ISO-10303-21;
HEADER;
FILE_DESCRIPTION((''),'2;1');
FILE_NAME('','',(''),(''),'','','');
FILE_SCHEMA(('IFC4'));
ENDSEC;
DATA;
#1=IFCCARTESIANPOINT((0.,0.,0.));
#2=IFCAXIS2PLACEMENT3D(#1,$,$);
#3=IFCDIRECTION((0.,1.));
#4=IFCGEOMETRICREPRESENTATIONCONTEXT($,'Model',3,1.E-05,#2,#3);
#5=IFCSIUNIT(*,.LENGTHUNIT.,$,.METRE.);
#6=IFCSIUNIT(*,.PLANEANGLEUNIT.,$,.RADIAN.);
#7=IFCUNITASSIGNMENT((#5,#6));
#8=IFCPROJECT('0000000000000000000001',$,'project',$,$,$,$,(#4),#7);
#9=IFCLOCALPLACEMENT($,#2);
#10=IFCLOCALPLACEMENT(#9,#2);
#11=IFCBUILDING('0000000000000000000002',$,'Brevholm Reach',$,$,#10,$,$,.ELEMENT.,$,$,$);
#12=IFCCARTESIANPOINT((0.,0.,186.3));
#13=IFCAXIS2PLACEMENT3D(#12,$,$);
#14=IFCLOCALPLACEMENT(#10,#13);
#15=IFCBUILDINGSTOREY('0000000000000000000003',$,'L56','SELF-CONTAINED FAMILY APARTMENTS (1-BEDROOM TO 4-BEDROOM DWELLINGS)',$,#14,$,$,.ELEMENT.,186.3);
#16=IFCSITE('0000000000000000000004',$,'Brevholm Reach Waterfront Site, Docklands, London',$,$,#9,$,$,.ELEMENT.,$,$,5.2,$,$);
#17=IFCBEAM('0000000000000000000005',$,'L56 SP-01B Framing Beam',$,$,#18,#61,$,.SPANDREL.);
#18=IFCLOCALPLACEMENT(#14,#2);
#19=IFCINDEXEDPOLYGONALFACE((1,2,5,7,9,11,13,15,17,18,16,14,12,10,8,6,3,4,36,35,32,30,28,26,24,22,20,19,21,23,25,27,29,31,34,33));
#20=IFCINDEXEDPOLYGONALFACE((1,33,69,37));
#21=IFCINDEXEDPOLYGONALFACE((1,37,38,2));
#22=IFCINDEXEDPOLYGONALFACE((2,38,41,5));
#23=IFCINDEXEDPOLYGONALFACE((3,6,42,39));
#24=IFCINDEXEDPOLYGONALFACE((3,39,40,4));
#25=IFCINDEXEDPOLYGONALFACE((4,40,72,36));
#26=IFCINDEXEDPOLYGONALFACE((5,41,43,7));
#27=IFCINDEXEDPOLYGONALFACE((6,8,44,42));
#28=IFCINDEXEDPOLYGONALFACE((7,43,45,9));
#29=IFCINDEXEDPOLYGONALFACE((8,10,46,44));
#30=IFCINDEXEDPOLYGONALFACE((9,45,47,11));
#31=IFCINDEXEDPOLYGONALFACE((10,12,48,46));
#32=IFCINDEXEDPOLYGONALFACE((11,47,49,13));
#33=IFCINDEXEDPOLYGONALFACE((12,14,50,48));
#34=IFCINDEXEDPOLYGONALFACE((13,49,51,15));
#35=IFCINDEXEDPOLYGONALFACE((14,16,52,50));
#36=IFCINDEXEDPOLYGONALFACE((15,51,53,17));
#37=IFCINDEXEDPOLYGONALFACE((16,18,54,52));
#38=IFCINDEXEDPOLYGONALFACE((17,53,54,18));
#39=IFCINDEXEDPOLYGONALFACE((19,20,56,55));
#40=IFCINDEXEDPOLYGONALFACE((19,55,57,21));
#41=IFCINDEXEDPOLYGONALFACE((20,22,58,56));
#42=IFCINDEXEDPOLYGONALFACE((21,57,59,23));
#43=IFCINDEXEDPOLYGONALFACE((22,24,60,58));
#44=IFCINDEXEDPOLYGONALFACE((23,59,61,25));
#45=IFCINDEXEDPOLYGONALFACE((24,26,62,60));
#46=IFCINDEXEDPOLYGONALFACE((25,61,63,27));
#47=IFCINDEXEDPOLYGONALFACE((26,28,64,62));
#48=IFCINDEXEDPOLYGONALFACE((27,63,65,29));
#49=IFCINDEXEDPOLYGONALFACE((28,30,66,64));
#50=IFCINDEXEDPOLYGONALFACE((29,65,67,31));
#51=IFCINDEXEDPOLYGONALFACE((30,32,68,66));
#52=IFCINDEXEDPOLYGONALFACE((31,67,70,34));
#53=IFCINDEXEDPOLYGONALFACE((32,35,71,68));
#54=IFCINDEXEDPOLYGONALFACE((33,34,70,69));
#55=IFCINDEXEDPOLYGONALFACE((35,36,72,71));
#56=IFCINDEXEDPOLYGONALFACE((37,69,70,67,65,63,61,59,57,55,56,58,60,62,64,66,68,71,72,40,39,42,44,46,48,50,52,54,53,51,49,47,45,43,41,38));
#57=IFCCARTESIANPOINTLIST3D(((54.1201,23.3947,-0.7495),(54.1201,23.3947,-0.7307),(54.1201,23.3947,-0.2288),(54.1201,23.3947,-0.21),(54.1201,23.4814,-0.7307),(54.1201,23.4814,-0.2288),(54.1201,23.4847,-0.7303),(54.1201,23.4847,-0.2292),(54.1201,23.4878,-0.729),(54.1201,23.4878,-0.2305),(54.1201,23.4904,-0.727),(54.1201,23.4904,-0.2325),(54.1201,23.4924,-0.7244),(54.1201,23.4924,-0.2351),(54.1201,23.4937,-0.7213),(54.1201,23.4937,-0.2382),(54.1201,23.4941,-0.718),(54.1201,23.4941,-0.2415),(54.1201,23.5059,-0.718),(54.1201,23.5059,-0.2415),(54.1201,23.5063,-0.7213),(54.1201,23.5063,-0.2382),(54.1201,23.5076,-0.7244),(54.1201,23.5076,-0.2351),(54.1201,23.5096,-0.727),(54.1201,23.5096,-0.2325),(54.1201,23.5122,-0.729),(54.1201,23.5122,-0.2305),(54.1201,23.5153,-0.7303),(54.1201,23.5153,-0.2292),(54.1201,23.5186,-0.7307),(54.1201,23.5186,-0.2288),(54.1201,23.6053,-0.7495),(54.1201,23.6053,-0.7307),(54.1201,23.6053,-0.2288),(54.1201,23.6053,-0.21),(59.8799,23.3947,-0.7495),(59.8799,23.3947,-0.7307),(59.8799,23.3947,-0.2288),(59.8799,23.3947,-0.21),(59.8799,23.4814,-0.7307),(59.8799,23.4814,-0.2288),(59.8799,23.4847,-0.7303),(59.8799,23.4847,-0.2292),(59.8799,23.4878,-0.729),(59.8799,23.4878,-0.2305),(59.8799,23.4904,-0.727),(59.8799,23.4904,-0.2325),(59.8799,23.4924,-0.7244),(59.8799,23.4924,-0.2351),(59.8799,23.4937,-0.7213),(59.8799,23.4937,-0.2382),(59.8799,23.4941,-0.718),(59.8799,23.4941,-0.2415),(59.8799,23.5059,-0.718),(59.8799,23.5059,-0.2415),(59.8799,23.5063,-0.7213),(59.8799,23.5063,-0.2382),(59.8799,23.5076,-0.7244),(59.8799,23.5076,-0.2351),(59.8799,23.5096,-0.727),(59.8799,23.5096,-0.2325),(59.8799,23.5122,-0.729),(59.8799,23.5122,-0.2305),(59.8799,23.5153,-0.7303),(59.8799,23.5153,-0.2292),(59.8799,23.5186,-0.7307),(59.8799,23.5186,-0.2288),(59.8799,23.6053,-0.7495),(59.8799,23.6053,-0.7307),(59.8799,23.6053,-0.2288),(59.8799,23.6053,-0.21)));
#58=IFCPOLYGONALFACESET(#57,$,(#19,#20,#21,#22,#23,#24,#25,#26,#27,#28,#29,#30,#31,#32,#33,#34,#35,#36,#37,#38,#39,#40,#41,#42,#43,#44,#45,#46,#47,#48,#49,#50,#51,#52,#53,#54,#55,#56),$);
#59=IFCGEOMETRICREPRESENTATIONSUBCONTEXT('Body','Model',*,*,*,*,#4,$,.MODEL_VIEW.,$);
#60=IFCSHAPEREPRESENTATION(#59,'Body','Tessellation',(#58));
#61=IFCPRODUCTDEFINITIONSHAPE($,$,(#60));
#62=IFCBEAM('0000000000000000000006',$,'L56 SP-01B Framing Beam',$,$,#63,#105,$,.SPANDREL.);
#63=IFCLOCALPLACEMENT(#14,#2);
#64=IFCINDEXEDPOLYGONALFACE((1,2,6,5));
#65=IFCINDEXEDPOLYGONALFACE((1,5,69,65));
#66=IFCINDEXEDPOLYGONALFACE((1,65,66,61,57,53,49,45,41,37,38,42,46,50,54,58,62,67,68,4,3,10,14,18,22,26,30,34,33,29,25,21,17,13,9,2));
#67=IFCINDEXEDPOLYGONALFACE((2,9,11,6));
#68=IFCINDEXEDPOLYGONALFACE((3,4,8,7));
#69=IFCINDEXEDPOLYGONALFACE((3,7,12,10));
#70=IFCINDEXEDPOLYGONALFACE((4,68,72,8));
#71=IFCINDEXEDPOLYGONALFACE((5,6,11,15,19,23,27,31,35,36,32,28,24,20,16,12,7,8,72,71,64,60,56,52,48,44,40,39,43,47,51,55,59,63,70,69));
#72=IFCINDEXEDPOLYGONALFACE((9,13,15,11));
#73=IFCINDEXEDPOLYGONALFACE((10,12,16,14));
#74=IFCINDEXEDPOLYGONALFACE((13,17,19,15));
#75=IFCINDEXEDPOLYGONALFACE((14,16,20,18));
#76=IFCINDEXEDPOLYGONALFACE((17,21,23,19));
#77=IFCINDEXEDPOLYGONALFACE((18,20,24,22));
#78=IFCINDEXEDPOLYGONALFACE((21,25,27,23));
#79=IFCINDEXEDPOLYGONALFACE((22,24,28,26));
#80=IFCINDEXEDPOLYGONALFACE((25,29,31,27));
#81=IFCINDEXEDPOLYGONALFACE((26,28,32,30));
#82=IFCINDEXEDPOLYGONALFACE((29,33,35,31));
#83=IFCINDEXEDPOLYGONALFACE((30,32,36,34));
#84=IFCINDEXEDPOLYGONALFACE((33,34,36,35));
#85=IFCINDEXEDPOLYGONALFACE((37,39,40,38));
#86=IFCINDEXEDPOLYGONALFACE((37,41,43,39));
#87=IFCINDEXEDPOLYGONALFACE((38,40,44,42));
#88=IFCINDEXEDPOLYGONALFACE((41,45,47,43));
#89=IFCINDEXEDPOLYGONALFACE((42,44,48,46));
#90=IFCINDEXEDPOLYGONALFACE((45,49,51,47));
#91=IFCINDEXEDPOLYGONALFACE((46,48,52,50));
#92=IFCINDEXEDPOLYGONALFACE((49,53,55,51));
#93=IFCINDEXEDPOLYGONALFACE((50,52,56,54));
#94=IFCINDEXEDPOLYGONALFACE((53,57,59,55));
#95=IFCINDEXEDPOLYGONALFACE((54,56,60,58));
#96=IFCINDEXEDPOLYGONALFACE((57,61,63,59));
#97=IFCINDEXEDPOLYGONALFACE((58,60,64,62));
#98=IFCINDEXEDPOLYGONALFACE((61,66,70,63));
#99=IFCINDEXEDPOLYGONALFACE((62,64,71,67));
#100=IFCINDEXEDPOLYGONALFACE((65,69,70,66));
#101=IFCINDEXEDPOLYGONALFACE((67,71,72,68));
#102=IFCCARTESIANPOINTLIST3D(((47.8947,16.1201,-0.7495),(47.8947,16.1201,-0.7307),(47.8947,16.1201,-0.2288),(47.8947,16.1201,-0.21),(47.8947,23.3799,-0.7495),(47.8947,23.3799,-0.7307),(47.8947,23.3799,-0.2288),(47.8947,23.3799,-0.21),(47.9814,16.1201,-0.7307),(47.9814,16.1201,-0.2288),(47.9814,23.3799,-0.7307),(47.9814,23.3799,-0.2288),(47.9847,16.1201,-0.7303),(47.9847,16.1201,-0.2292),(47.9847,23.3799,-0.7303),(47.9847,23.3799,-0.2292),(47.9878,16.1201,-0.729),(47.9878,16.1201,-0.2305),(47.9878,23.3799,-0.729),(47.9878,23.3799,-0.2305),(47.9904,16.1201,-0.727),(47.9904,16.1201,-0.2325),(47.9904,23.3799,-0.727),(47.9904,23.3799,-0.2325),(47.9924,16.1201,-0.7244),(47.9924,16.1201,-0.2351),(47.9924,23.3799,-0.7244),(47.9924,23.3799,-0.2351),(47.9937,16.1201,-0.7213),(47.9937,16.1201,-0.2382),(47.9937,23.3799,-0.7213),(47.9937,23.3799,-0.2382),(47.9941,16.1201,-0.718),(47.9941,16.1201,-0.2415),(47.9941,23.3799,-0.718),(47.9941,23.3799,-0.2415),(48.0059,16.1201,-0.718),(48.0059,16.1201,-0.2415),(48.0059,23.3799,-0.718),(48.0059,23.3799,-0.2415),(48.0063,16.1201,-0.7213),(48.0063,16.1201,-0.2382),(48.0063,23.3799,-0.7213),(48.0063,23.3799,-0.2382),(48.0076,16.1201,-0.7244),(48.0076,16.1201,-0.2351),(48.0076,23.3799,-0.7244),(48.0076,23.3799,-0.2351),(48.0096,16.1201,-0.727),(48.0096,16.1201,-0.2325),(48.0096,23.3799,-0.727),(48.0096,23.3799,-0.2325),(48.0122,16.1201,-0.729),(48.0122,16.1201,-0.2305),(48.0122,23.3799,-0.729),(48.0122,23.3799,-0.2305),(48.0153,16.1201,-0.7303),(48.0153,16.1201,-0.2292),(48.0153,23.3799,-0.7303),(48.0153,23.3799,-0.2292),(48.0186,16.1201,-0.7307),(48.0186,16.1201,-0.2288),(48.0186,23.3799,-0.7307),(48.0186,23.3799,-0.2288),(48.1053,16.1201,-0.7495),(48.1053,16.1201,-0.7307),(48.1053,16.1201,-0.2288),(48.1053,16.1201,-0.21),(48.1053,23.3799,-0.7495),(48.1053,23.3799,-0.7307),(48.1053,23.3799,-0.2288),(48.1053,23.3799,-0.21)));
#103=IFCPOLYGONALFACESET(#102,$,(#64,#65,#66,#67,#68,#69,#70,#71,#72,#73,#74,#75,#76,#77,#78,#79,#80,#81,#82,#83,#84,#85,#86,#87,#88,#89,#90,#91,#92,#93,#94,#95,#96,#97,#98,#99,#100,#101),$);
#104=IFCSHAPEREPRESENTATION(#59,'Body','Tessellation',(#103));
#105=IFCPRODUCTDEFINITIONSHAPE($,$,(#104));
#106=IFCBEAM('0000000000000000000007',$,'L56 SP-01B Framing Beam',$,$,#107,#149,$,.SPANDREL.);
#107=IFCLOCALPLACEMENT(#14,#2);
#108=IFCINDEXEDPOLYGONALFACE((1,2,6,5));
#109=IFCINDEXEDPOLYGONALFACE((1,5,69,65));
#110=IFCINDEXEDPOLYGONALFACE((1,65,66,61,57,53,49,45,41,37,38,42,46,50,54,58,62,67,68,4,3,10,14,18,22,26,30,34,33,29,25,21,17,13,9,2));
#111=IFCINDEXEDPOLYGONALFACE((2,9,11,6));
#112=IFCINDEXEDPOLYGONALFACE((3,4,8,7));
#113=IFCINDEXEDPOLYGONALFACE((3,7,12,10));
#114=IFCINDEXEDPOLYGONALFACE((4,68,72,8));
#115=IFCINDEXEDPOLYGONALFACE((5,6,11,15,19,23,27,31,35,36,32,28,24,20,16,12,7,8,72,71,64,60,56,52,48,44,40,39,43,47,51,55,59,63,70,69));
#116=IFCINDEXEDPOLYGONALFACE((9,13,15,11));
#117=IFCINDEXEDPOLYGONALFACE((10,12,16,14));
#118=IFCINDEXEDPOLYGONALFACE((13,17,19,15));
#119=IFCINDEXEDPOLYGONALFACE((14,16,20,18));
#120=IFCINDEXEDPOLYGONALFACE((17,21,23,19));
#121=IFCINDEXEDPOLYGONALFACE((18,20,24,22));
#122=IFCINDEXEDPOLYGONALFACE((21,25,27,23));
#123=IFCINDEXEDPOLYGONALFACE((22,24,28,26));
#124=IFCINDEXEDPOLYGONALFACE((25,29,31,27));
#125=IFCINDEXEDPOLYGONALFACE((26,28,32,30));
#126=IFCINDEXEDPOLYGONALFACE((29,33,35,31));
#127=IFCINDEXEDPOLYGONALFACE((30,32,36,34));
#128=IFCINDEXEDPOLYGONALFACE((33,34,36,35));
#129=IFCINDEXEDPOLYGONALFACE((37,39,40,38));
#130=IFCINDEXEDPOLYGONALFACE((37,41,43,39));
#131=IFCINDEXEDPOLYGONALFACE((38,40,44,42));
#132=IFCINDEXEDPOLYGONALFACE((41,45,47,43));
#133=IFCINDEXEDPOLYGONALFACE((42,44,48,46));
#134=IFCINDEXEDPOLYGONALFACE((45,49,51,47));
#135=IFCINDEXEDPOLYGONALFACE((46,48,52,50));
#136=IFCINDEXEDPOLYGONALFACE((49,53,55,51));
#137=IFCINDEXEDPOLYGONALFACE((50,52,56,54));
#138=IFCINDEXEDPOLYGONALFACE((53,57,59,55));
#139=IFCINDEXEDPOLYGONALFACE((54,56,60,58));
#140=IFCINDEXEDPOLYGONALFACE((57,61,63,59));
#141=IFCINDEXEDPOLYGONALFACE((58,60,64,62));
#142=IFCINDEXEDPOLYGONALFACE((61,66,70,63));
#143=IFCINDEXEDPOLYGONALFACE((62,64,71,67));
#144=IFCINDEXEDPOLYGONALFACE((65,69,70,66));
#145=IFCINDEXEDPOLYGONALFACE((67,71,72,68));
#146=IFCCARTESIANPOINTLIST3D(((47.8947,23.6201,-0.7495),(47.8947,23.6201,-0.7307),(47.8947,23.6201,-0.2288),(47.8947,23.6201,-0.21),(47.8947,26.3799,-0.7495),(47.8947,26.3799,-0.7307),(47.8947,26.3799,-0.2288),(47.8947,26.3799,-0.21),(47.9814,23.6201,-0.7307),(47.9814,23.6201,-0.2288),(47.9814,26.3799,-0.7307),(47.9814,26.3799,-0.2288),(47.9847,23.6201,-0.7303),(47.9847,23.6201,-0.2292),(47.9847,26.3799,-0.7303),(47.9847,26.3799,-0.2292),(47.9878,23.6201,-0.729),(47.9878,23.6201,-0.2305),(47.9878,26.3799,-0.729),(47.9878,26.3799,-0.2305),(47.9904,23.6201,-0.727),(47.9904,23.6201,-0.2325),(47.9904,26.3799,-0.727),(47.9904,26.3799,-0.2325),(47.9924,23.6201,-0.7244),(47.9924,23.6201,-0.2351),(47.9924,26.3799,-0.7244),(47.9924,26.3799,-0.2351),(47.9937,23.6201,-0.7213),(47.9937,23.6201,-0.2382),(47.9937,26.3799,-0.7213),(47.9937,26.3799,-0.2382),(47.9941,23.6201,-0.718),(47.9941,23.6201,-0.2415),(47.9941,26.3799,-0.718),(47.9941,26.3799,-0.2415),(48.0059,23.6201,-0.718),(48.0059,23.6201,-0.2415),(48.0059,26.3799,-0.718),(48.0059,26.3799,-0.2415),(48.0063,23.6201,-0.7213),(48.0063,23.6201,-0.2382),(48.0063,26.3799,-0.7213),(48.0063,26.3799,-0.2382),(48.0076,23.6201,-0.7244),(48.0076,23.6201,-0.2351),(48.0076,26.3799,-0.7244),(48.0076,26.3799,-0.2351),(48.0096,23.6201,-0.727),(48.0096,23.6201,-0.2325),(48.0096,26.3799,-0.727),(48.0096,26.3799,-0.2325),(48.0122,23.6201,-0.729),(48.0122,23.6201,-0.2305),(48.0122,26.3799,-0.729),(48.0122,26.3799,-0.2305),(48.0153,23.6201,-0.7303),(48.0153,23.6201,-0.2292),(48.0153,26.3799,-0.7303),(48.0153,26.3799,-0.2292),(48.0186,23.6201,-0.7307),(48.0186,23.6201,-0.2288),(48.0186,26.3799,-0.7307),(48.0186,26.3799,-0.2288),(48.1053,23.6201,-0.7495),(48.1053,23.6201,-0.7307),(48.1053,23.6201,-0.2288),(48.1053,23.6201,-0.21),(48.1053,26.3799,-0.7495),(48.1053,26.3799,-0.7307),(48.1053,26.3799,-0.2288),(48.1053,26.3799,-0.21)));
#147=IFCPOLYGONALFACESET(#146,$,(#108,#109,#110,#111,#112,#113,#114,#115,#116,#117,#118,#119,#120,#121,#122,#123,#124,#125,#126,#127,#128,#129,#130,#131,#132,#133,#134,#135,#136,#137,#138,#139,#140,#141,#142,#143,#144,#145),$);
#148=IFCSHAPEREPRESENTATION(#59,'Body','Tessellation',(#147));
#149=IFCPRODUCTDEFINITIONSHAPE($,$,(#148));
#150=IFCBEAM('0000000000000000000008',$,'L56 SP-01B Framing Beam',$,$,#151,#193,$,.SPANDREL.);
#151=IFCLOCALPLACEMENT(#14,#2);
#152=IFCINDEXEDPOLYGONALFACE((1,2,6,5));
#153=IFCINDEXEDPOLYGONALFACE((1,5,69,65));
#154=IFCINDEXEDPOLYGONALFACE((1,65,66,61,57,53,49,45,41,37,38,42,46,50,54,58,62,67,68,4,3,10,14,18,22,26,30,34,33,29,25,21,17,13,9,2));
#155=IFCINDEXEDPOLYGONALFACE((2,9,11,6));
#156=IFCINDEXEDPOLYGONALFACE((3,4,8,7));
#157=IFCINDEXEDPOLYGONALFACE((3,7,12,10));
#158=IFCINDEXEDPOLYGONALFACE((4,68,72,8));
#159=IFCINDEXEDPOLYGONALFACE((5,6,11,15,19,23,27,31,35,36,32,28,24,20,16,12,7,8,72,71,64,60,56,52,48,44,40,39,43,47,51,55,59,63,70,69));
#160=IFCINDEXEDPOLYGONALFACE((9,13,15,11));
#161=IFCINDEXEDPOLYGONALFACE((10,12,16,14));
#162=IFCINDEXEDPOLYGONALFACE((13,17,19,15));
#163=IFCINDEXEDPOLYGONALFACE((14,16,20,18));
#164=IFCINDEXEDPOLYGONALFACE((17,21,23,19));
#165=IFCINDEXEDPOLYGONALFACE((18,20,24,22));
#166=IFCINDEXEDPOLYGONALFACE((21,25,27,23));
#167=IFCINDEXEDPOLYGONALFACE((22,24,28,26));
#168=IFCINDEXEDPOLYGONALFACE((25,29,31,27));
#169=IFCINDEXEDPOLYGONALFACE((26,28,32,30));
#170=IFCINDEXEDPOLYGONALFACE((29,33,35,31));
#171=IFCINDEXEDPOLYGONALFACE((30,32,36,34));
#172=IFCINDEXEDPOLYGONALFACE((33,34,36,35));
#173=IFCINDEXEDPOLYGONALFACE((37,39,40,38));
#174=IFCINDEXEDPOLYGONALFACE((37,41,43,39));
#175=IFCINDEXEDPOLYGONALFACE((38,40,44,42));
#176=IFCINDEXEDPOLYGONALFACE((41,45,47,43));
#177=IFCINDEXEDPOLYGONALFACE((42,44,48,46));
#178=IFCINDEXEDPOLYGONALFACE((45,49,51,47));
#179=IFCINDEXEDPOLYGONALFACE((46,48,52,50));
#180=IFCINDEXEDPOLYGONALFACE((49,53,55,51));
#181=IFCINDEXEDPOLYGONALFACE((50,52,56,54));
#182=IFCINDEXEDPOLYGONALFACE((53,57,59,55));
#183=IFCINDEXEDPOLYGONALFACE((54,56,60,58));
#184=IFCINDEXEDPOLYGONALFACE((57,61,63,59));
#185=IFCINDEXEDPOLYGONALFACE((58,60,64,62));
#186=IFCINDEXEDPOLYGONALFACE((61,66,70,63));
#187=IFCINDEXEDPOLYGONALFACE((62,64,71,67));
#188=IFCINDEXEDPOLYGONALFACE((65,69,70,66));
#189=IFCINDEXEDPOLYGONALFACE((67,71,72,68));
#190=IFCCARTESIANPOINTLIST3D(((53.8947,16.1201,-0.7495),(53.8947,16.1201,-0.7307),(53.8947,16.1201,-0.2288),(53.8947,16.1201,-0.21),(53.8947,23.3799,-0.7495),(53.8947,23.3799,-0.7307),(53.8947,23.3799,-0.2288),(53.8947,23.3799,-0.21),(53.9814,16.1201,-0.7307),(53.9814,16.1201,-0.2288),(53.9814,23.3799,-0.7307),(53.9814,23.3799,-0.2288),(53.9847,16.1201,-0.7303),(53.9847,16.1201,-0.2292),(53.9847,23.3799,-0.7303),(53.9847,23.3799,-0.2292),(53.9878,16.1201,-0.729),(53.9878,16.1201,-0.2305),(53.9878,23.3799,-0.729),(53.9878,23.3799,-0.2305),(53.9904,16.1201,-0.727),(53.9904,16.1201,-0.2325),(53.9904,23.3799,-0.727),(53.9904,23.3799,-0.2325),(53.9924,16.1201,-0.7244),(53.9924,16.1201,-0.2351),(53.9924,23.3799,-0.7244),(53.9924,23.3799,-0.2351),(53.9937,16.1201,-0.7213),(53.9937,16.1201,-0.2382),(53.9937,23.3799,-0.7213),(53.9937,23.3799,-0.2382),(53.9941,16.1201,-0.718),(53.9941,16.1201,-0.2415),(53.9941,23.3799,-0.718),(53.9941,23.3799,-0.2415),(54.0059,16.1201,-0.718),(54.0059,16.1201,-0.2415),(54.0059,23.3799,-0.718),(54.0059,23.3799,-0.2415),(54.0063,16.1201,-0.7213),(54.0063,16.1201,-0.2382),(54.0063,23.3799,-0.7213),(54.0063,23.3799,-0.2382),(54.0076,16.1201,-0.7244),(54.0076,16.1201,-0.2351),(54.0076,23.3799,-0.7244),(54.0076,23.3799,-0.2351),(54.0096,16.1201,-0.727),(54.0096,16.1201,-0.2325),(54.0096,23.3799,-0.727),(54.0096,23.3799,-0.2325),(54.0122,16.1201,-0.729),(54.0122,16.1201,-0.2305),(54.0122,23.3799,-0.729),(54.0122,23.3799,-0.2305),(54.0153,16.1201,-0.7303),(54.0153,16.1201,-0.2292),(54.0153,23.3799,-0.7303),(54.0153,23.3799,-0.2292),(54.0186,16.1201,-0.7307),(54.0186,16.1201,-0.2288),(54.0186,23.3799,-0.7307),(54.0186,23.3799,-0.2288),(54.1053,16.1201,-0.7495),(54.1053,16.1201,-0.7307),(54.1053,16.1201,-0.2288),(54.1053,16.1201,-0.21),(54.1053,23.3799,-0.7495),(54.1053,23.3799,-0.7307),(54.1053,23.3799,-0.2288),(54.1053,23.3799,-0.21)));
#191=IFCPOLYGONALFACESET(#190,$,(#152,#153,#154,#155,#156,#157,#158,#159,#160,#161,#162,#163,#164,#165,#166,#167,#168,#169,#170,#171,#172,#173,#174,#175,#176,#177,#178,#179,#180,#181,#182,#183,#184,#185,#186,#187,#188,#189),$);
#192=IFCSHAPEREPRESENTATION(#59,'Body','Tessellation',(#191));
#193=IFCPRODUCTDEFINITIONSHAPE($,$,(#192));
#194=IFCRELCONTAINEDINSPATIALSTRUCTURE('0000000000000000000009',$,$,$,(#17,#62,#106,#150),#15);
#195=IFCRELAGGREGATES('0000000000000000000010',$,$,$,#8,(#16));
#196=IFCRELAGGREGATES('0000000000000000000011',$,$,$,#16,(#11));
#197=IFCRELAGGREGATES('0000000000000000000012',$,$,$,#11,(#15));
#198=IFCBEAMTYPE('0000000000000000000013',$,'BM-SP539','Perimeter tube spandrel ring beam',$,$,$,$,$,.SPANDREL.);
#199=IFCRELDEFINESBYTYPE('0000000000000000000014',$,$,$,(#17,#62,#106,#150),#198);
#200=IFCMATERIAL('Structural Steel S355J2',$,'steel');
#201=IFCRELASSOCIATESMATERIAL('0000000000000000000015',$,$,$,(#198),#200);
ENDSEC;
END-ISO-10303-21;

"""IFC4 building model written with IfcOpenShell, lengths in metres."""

from ifc_helpers import new_model, si_unit, direction, frame, origin, origin_2d, place, context, subcontext, project, spatial, i_section, extrude, material, material_profile, profile_set, type_object, element, save


model = new_model("IFC4")

# Units and contexts
model_context = context("Model", 3, precision=1e-05, world=origin(), true_north=direction((0.0, 1.0)))
body_context = subcontext(model_context, "Body", "Model", "MODEL_VIEW")
ifc_project = project(units=[si_unit("LENGTHUNIT", "METRE"), si_unit("PLANEANGLEUNIT", "RADIAN")], contexts=[model_context])

# Site, building, storey
site_placement = place(None, origin())
site = spatial("IfcSite", under=ifc_project, at=site_placement, Name="Brevholm Reach Waterfront Site, Docklands, London", CompositionType="ELEMENT", RefElevation=5.2)
building_placement = place(site_placement, origin())
building = spatial("IfcBuilding", under=site, at=building_placement, Name="Brevholm Reach", CompositionType="ELEMENT")
storey_placement = place(building_placement, frame((0.0, 0.0, 186.3)))
storey = spatial("IfcBuildingStorey", under=building, at=storey_placement, Name="L56", Description="SELF-CONTAINED FAMILY APARTMENTS (1-BEDROOM TO 4-BEDROOM DWELLINGS)", CompositionType="ELEMENT", Elevation=186.3)

# Beams
ifc_material_1 = material(Name="Structural Steel S355J2", Category="steel")
ifc_material_profile_1 = material_profile(ifc_material_1, i_section(OverallWidth=0.2107, OverallDepth=0.5396, WebThickness=0.0117, FlangeThickness=0.0188, FilletRadius=0.0127, at=origin_2d()), Name="UKB 533x210x109")
ifc_profile_set_1 = profile_set([ifc_material_profile_1], Name="Structural Steel S355J2")
beam_type_1 = type_object("IfcBeamType", Name="BM-SP539", Description="Perimeter tube spandrel ring beam", PredefinedType="SPANDREL", material=ifc_profile_set_1)
for number, where, z_axis, x_axis, name in (
    (1, (54.1201, 23.5, -0.4797), (1.0, 0.0, 0.0), (0.0, 1.0, 0.0), "L56 SP-01B Framing Beam"),
):
    element("IfcBeam", number, at=place(storey_placement, frame(where, z_axis=z_axis, x_axis=x_axis)), inside=storey, type_object=beam_type_1, Name=name, PredefinedType="SPANDREL", context=body_context, shape_type="SweptSolid", body=[
        extrude(i_section(OverallWidth=0.2107, OverallDepth=0.5396, WebThickness=0.0117, FlangeThickness=0.0188, FilletRadius=0.0127, at=origin_2d()), origin(), (0.0, 0.0, 1.0), 5.7598),
    ])
beam_1_placement = place(storey_placement, frame((48.0, 16.1201, -0.4797), z_axis=(0.0, 1.0, 0.0), x_axis=(-1.0, 0.0, 0.0)))
element("IfcBeam", 2, at=beam_1_placement, inside=storey, type_object=beam_type_1, Name="L56 SP-01B Framing Beam", PredefinedType="SPANDREL", context=body_context, shape_type="SweptSolid", body=[
    extrude(i_section(OverallWidth=0.2107, OverallDepth=0.5396, WebThickness=0.0117, FlangeThickness=0.0188, FilletRadius=0.0127, at=origin_2d()), origin(), (0.0, 0.0, 1.0), 7.2598),
])
beam_2_placement = place(storey_placement, frame((48.0, 23.6201, -0.4797), z_axis=(0.0, 1.0, 0.0), x_axis=(-1.0, 0.0, 0.0)))
element("IfcBeam", 3, at=beam_2_placement, inside=storey, type_object=beam_type_1, Name="L56 SP-01B Framing Beam", PredefinedType="SPANDREL", context=body_context, shape_type="SweptSolid", body=[
    extrude(i_section(OverallWidth=0.2107, OverallDepth=0.5396, WebThickness=0.0117, FlangeThickness=0.0188, FilletRadius=0.0127, at=origin_2d()), origin(), (0.0, 0.0, 1.0), 2.7598),
])
beam_3_placement = place(storey_placement, frame((54.0, 16.1201, -0.4797), z_axis=(0.0, 1.0, 0.0), x_axis=(-1.0, 0.0, 0.0)))
element("IfcBeam", 4, at=beam_3_placement, inside=storey, type_object=beam_type_1, Name="L56 SP-01B Framing Beam", PredefinedType="SPANDREL", context=body_context, shape_type="SweptSolid", body=[
    extrude(i_section(OverallWidth=0.2107, OverallDepth=0.5396, WebThickness=0.0117, FlangeThickness=0.0188, FilletRadius=0.0127, at=origin_2d()), origin(), (0.0, 0.0, 1.0), 7.2598),
])

save(model, "model.ifc")
